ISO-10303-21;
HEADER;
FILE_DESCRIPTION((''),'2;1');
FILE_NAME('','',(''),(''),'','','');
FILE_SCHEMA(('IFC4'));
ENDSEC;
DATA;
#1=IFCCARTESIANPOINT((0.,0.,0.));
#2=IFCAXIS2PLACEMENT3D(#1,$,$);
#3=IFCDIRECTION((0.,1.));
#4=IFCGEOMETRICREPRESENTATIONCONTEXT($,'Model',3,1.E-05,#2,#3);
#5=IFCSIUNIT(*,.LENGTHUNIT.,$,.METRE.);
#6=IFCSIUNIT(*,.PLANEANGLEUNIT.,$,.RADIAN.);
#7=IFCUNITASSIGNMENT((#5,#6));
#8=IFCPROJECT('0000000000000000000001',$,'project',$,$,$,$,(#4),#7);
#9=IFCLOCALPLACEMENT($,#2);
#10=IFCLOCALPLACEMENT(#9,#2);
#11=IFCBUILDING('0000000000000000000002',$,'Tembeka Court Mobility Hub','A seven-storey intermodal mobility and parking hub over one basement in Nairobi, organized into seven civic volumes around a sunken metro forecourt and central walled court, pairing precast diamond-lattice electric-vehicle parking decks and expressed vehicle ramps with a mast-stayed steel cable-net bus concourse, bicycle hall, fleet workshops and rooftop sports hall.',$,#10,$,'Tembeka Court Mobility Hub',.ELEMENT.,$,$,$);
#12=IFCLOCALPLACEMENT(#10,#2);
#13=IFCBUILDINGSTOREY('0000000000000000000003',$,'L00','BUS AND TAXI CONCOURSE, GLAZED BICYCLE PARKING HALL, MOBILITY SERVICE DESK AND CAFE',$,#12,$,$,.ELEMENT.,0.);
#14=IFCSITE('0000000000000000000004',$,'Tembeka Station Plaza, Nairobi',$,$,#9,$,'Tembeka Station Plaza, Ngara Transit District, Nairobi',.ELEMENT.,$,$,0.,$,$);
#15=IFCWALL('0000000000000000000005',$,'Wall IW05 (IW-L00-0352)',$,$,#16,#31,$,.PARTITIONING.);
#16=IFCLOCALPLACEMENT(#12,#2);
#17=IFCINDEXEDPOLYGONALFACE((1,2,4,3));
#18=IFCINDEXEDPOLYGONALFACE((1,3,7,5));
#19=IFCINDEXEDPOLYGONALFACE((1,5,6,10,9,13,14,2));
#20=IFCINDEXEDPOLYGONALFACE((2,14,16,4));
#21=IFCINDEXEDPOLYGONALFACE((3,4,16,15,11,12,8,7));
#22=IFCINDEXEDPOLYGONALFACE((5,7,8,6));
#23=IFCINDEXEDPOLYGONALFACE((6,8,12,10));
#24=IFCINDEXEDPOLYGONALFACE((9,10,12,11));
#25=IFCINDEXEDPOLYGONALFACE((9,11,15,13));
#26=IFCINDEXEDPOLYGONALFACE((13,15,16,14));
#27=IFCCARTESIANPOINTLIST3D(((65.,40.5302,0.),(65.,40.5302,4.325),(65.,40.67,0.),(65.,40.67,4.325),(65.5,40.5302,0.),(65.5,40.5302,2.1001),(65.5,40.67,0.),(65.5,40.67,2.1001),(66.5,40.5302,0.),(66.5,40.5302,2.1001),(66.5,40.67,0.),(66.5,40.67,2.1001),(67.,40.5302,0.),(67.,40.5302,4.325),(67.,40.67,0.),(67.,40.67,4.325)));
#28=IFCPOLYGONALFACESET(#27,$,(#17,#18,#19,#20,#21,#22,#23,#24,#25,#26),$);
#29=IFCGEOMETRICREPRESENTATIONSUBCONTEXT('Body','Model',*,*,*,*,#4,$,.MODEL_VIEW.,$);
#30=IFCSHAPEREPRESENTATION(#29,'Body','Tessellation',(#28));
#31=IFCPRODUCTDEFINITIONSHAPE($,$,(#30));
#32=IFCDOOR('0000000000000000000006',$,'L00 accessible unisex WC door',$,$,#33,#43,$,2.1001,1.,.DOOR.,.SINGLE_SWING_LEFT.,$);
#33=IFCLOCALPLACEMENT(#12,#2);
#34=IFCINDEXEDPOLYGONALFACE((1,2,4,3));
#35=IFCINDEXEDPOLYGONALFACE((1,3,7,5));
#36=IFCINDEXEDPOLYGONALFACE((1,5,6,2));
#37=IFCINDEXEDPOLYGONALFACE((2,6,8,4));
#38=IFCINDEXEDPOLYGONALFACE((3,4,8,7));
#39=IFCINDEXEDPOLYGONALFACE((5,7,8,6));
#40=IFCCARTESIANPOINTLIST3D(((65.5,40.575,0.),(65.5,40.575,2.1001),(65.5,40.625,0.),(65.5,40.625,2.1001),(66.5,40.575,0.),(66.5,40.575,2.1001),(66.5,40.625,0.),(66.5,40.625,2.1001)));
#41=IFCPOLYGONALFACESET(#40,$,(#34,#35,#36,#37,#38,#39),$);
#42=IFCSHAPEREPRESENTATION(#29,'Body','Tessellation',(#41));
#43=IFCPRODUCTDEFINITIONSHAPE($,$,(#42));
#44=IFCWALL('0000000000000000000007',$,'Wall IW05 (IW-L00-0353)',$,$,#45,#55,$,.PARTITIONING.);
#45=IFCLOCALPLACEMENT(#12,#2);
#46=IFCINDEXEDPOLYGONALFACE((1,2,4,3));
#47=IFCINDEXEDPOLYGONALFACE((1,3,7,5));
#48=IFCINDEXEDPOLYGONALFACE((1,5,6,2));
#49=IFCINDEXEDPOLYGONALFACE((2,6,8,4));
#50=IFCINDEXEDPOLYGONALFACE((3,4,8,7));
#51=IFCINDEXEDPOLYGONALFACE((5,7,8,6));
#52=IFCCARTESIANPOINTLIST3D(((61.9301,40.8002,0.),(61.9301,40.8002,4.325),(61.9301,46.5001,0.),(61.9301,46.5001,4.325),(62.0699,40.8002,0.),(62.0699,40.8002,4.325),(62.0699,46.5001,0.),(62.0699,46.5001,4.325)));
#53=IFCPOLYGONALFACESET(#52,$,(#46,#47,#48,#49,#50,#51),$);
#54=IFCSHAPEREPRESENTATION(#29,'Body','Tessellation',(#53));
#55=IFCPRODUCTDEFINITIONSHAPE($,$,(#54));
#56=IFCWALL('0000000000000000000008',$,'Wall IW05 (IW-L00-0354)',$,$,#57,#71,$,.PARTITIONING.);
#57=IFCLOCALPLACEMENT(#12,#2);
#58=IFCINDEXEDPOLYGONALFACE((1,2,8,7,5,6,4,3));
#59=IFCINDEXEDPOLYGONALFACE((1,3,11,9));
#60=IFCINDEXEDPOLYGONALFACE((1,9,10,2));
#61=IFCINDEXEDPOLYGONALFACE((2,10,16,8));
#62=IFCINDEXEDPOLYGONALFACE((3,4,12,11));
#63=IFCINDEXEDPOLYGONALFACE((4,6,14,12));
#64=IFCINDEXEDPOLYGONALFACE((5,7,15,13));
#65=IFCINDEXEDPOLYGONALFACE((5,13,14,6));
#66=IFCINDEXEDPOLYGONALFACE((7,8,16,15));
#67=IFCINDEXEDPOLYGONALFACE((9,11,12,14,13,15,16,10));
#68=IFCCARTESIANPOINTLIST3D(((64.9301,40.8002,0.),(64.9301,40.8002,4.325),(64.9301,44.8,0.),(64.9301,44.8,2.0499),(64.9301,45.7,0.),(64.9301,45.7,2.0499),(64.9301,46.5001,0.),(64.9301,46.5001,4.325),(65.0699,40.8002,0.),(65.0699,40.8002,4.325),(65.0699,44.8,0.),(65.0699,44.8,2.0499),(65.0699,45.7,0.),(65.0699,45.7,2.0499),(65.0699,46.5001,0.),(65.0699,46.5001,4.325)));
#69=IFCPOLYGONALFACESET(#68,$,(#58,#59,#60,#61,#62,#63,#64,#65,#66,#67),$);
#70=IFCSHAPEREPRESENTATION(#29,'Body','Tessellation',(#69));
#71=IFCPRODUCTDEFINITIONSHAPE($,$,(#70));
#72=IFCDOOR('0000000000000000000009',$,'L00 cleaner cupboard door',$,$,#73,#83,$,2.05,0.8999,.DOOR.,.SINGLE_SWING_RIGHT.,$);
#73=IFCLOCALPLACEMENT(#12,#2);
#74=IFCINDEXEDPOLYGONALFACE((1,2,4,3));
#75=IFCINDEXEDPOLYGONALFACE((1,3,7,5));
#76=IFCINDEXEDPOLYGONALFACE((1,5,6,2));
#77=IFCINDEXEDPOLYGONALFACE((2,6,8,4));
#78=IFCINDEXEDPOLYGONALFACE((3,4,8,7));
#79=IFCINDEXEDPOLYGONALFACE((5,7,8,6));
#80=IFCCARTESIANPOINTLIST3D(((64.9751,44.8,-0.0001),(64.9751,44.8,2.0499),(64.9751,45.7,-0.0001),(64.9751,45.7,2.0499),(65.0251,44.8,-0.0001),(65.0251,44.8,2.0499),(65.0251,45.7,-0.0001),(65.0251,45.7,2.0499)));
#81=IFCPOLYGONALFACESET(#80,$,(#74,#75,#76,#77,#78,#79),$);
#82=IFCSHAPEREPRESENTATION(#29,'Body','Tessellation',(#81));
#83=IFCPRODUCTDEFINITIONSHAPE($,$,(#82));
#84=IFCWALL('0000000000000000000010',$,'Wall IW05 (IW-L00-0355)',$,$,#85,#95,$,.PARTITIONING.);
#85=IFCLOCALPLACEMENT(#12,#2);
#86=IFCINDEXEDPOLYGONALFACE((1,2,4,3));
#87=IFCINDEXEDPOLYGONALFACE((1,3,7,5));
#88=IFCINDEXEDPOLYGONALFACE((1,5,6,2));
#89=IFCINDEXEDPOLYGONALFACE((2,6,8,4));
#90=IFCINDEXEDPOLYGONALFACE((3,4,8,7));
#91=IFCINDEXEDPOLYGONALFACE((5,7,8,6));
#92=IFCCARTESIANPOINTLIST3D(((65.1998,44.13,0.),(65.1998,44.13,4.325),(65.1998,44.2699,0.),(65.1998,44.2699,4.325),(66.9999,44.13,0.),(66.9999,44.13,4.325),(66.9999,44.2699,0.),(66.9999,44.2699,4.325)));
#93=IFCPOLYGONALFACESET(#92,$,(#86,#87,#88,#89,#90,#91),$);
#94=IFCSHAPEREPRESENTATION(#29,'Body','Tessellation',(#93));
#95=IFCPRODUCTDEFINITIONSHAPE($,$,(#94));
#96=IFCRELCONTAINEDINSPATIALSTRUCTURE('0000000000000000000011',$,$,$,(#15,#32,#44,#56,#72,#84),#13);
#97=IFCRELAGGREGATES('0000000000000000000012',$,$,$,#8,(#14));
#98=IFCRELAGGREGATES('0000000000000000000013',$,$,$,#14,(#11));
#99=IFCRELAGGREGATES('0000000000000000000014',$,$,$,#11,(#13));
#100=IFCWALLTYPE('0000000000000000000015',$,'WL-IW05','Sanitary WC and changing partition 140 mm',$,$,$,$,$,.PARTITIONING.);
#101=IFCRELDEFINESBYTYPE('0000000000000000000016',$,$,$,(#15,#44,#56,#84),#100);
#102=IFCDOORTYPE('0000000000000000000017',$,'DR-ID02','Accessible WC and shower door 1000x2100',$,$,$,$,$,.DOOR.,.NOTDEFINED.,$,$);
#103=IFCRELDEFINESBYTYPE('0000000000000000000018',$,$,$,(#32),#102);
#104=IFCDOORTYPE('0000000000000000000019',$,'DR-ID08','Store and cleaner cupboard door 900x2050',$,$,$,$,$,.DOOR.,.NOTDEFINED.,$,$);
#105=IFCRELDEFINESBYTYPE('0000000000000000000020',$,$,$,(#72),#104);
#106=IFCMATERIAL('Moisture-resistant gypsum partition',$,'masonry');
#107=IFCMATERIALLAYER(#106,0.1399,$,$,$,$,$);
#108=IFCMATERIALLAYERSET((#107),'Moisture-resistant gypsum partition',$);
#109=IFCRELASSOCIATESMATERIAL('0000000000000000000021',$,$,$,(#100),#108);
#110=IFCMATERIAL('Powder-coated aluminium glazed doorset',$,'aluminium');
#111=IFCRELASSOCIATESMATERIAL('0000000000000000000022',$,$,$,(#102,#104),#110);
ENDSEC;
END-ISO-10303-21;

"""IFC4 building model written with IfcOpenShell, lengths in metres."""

from ifc_helpers import new_model, si_unit, direction, frame, frame_2d, origin, place, context, subcontext, project, spatial, rectangle, extrude, material, layer, layer_set, type_object, element, fill, save


model = new_model("IFC4")

# Units and contexts
model_context = context("Model", 3, precision=1e-05, world=origin(), true_north=direction((0.0, 1.0)))
body_context = subcontext(model_context, "Body", "Model", "MODEL_VIEW")
ifc_project = project(units=[si_unit("LENGTHUNIT", "METRE"), si_unit("PLANEANGLEUNIT", "RADIAN")], contexts=[model_context])

# Site, building, storey
site_placement = place(None, origin())
site = spatial("IfcSite", under=ifc_project, at=site_placement, Name="Tembeka Station Plaza, Nairobi", LongName="Tembeka Station Plaza, Ngara Transit District, Nairobi", CompositionType="ELEMENT", RefElevation=0.0)
building_placement = place(site_placement, origin())
building = spatial("IfcBuilding", under=site, at=building_placement, Name="Tembeka Court Mobility Hub", Description="A seven-storey intermodal mobility and parking hub over one basement in Nairobi, organized into seven civic volumes around a sunken metro forecourt and central walled court, pairing precast diamond-lattice electric-vehicle parking decks and expressed vehicle ramps with a mast-stayed steel cable-net bus concourse, bicycle hall, fleet workshops and rooftop sports hall.", LongName="Tembeka Court Mobility Hub", CompositionType="ELEMENT")
storey_placement = place(building_placement, origin())
storey = spatial("IfcBuildingStorey", under=building, at=storey_placement, Name="L00", Description="BUS AND TAXI CONCOURSE, GLAZED BICYCLE PARKING HALL, MOBILITY SERVICE DESK AND CAFE", CompositionType="ELEMENT", Elevation=0.0)

# Wall, opening, door
ifc_material_1 = material(Name="Moisture-resistant gypsum partition", Category="masonry")
ifc_layer_1 = layer(ifc_material_1, 0.1399)
ifc_layer_set_1 = layer_set([ifc_layer_1], Name="Moisture-resistant gypsum partition")
wall_type_1 = type_object("IfcWallType", Name="WL-IW05", Description="Sanitary WC and changing partition 140 mm", PredefinedType="PARTITIONING", material=ifc_layer_set_1)
ifc_material_2 = material(Name="Powder-coated aluminium glazed doorset", Category="aluminium")
door_type_1 = type_object("IfcDoorType", Name="DR-ID02", Description="Accessible WC and shower door 1000x2100", OperationType="NOTDEFINED", PredefinedType="DOOR", material=ifc_material_2)
wall_1_placement = place(storey_placement, frame((65.0, 40.6001, 0.0), z_axis=(0.0, 0.0, 1.0), x_axis=(1.0, 0.0, 0.0)))
wall_1 = element("IfcWall", 1, at=wall_1_placement, inside=storey, type_object=wall_type_1, Name="Wall IW05 (IW-L00-0352)", PredefinedType="PARTITIONING", context=body_context, shape_type="SweptSolid", body=[
    extrude(rectangle(XDim=2.0, YDim=0.1399, at=frame_2d((1.0, 0.0))), origin(), (0.0, 0.0, 1.0), 4.325),
])
opening_1_placement = place(wall_1_placement, frame((0.5, 0.0, 0.0)))
opening_1 = element("IfcOpeningElement", 2, at=opening_1_placement, cuts=wall_1, PredefinedType="OPENING", context=body_context, shape_type="SweptSolid", body=[
    extrude(rectangle(XDim=1.0, YDim=2.1001, at=frame_2d((0.5, 1.05))), frame((0.0, 0.0801, 0.0), z_axis=(0.0, -1.0, 0.0), x_axis=(1.0, 0.0, 0.0)), (0.0, 0.0, 1.0), 0.1599),
])
door_1_placement = place(opening_1_placement, origin())
door_1 = element("IfcDoor", 3, at=door_1_placement, inside=storey, type_object=door_type_1, Name="L00 accessible unisex WC door", OperationType="SINGLE_SWING_LEFT", OverallHeight=2.1001, OverallWidth=1.0, PredefinedType="DOOR", context=body_context, shape_type="SweptSolid", body=[
    extrude(rectangle(XDim=1.0, YDim=2.1001, at=frame_2d((0.5, 1.05))), frame((0.0, 0.0249, 0.0), z_axis=(0.0, -1.0, 0.0), x_axis=(1.0, 0.0, 0.0)), (0.0, 0.0, 1.0), 0.05),
])
fill(opening_1, door_1)

# Wall
wall_2_placement = place(storey_placement, frame((62.0, 40.8, 0.0), z_axis=(0.0, 0.0, 1.0), x_axis=(0.0, 1.0, 0.0)))
element("IfcWall", 4, at=wall_2_placement, inside=storey, type_object=wall_type_1, Name="Wall IW05 (IW-L00-0353)", PredefinedType="PARTITIONING", context=body_context, shape_type="SweptSolid", body=[
    extrude(rectangle(XDim=5.7, YDim=0.1399, at=frame_2d((2.8501, 0.0))), origin(), (0.0, 0.0, 1.0), 4.325),
])

# Wall, opening, door
wall_3_placement = place(storey_placement, frame((65.0, 40.8, 0.0), z_axis=(0.0, 0.0, 1.0), x_axis=(0.0, 1.0, 0.0)))
wall_3 = element("IfcWall", 5, at=wall_3_placement, inside=storey, type_object=wall_type_1, Name="Wall IW05 (IW-L00-0354)", PredefinedType="PARTITIONING", context=body_context, shape_type="SweptSolid", body=[
    extrude(rectangle(XDim=5.7, YDim=0.1399, at=frame_2d((2.8501, 0.0))), origin(), (0.0, 0.0, 1.0), 4.325),
])
opening_2_placement = place(wall_3_placement, frame((4.0, 0.0, 0.0)))
opening_2 = element("IfcOpeningElement", 6, at=opening_2_placement, cuts=wall_3, PredefinedType="OPENING", context=body_context, shape_type="SweptSolid", body=[
    extrude(rectangle(XDim=0.8999, YDim=2.05, at=frame_2d((0.45, 1.0249))), frame((0.0, 0.0801, 0.0), z_axis=(0.0, -1.0, 0.0), x_axis=(1.0, 0.0, 0.0)), (0.0, 0.0, 1.0), 0.1599),
])
door_type_2 = type_object("IfcDoorType", Name="DR-ID08", Description="Store and cleaner cupboard door 900x2050", OperationType="NOTDEFINED", PredefinedType="DOOR", material=ifc_material_2)
door_2_placement = place(opening_2_placement, origin())
door_2 = element("IfcDoor", 7, at=door_2_placement, inside=storey, type_object=door_type_2, Name="L00 cleaner cupboard door", OperationType="SINGLE_SWING_RIGHT", OverallHeight=2.05, OverallWidth=0.8999, PredefinedType="DOOR", context=body_context, shape_type="SweptSolid", body=[
    extrude(rectangle(XDim=0.8999, YDim=2.05, at=frame_2d((0.45, 1.0249))), frame((0.0, 0.0249, 0.0), z_axis=(0.0, -1.0, 0.0), x_axis=(1.0, 0.0, 0.0)), (0.0, 0.0, 1.0), 0.05),
])
fill(opening_2, door_2)

# Wall
wall_4_placement = place(storey_placement, frame((65.2, 44.2, 0.0), z_axis=(0.0, 0.0, 1.0), x_axis=(1.0, 0.0, 0.0)))
element("IfcWall", 8, at=wall_4_placement, inside=storey, type_object=wall_type_1, Name="Wall IW05 (IW-L00-0355)", PredefinedType="PARTITIONING", context=body_context, shape_type="SweptSolid", body=[
    extrude(rectangle(XDim=1.8, YDim=0.1399, at=frame_2d((0.8999, 0.0))), origin(), (0.0, 0.0, 1.0), 4.325),
])

save(model, "model.ifc")
